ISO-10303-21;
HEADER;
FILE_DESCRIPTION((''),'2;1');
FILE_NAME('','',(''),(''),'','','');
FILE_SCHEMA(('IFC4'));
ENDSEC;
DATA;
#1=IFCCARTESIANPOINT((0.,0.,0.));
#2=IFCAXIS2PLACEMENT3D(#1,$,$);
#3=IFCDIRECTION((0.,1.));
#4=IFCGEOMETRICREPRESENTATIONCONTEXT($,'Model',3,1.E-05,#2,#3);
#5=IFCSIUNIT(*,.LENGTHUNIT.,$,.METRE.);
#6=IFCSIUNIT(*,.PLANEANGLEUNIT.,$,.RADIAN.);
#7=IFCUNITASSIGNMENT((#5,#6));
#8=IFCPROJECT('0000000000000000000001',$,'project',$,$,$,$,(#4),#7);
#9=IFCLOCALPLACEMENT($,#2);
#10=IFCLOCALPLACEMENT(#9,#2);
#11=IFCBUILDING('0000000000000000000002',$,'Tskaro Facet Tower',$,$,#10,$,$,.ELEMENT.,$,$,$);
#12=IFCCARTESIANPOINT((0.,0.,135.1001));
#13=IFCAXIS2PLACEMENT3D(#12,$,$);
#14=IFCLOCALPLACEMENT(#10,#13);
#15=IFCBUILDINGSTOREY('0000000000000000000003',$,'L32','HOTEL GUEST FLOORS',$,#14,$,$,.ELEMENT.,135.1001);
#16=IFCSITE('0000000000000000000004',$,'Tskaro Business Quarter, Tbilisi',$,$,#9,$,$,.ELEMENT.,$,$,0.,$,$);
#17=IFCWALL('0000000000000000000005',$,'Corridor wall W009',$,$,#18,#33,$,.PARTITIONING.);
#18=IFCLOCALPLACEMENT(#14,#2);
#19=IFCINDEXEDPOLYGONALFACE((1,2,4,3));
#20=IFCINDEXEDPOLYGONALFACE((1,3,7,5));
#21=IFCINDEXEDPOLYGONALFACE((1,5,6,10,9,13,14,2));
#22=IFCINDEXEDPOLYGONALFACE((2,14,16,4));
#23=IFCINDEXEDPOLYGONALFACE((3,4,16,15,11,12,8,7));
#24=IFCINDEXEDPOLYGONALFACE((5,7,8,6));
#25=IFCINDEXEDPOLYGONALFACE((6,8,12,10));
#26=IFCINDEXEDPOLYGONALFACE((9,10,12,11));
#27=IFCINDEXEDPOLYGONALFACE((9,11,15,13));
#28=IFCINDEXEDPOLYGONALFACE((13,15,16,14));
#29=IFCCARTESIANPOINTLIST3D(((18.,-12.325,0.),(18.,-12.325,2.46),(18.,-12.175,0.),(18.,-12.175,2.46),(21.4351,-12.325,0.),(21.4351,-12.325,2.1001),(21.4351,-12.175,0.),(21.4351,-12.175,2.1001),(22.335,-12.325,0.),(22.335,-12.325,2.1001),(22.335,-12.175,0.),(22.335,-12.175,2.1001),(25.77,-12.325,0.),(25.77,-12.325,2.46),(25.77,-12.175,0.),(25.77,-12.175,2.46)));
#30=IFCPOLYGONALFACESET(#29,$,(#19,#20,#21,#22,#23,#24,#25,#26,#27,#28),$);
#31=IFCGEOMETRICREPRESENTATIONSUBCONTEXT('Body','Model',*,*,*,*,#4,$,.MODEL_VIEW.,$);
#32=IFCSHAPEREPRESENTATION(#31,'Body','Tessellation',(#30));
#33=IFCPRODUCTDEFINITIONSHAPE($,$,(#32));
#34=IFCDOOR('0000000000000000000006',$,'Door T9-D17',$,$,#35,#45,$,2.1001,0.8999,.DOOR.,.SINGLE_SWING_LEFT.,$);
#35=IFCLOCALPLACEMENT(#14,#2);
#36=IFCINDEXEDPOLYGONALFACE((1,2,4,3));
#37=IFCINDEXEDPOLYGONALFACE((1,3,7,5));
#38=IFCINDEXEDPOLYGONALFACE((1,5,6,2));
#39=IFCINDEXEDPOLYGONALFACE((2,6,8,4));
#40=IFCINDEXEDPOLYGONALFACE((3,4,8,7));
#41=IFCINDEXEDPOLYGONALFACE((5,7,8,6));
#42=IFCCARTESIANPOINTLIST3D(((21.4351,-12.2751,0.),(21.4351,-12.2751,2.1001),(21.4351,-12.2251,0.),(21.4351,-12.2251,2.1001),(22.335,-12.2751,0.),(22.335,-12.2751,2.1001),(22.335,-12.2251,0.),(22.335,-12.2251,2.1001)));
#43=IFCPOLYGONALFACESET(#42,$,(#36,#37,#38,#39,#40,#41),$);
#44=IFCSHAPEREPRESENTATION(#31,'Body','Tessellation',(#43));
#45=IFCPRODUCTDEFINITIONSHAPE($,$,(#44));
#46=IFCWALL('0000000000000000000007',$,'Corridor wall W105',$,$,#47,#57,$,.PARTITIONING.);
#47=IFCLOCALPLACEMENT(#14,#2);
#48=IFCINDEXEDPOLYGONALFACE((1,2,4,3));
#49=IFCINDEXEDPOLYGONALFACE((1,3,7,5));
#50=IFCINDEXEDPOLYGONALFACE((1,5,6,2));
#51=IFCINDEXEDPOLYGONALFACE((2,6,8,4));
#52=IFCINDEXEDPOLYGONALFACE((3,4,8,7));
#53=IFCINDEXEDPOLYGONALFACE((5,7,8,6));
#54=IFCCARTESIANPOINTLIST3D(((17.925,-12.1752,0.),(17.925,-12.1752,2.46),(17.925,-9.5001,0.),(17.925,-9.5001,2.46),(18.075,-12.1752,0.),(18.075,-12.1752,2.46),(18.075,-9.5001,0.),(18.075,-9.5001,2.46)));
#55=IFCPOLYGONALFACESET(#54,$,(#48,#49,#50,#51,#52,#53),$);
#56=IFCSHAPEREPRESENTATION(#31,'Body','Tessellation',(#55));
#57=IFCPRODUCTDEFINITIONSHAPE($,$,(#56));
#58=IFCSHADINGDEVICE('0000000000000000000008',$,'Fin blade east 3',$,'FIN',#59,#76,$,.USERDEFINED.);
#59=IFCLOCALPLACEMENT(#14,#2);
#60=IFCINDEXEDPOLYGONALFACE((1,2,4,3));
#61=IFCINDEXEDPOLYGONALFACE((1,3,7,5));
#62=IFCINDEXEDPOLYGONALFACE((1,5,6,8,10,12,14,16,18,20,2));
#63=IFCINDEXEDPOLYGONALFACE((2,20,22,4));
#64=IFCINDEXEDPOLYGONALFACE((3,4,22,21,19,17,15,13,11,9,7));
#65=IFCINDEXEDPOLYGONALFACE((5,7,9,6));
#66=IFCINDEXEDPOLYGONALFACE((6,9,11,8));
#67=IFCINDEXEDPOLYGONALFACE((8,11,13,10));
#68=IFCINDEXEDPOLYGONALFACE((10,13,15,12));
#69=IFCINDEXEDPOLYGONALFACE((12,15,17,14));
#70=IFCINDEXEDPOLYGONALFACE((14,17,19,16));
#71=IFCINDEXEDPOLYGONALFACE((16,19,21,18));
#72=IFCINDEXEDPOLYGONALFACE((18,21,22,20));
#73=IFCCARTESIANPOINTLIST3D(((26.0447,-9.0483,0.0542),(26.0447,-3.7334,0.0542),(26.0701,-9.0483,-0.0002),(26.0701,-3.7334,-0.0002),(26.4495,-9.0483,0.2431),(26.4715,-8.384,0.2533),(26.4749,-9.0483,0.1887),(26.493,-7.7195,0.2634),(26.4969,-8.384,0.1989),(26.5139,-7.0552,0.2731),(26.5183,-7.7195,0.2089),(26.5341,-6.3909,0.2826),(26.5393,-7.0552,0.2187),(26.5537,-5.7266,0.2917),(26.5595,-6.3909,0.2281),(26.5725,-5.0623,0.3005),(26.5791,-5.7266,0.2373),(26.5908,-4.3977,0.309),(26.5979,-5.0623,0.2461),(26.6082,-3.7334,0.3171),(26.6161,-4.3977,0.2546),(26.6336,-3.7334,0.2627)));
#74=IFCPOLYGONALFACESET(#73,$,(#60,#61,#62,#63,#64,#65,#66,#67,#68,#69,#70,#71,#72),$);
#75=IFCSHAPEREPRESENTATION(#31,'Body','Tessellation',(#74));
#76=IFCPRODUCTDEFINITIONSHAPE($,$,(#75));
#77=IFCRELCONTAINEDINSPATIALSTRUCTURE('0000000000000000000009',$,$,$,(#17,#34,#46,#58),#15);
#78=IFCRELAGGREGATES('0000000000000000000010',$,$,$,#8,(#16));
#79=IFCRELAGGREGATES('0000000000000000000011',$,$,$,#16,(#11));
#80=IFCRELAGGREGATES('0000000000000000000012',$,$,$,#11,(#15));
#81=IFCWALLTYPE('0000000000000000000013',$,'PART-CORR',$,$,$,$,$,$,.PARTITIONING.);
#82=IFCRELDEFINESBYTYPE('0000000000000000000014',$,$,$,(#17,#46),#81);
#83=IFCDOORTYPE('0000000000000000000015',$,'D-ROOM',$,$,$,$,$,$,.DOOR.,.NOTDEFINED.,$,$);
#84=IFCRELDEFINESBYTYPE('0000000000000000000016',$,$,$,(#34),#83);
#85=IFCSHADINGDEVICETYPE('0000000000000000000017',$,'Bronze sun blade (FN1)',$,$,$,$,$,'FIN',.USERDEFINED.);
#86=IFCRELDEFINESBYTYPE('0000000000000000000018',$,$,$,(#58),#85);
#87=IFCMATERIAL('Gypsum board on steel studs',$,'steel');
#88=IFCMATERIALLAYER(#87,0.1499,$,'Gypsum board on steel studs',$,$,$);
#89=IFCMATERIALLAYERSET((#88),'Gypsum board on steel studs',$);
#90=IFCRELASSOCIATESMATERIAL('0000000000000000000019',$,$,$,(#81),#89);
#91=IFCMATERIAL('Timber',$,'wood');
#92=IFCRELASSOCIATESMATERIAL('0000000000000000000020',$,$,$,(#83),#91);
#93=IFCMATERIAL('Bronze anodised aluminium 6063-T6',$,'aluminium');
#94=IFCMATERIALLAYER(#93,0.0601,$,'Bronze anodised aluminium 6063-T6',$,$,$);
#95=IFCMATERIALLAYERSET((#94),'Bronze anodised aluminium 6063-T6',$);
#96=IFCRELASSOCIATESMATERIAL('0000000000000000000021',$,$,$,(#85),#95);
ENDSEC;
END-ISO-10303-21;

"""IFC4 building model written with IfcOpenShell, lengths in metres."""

from ifc_helpers import new_model, si_unit, direction, frame, frame_2d, origin, place, context, subcontext, project, spatial, polyline, rectangle, outline, extrude, material, layer, layer_set, type_object, element, fill, save


model = new_model("IFC4")

# Units and contexts
model_context = context("Model", 3, precision=1e-05, world=origin(), true_north=direction((0.0, 1.0)))
body_context = subcontext(model_context, "Body", "Model", "MODEL_VIEW")
ifc_project = project(units=[si_unit("LENGTHUNIT", "METRE"), si_unit("PLANEANGLEUNIT", "RADIAN")], contexts=[model_context])

# Site, building, storey
site_placement = place(None, origin())
site = spatial("IfcSite", under=ifc_project, at=site_placement, Name="Tskaro Business Quarter, Tbilisi", CompositionType="ELEMENT", RefElevation=0.0)
building_placement = place(site_placement, origin())
building = spatial("IfcBuilding", under=site, at=building_placement, Name="Tskaro Facet Tower", CompositionType="ELEMENT")
storey_placement = place(building_placement, frame((0.0, 0.0, 135.1001)))
storey = spatial("IfcBuildingStorey", under=building, at=storey_placement, Name="L32", Description="HOTEL GUEST FLOORS", CompositionType="ELEMENT", Elevation=135.1001)

# Shared definitions
ifc_material_1 = material(Name="Bronze anodised aluminium 6063-T6", Category="aluminium")

# Shared definitions
ifc_material_2 = material(Name="Gypsum board on steel studs", Category="steel")
ifc_layer_1 = layer(ifc_material_2, 0.1499, Name="Gypsum board on steel studs")
ifc_layer_set_1 = layer_set([ifc_layer_1], Name="Gypsum board on steel studs")
wall_type = type_object("IfcWallType", Name="PART-CORR", PredefinedType="PARTITIONING", material=ifc_layer_set_1)
ifc_material_3 = material(Name="Timber", Category="wood")

# Wall, opening, door
wall_1_placement = place(storey_placement, frame((18.0, -12.25, 0.0), z_axis=(0.0, 0.0, 1.0), x_axis=(1.0, 0.0, 0.0)))
wall_1 = element("IfcWall", 1, at=wall_1_placement, inside=storey, type_object=wall_type, Name="Corridor wall W009", PredefinedType="PARTITIONING", context=body_context, shape_type="SweptSolid", body=[
    extrude(rectangle(XDim=7.77, YDim=0.1499, at=frame_2d((3.885, 0.0))), origin(), (0.0, 0.0, 1.0), 2.46),
])
opening_1_placement = place(wall_1_placement, frame((3.4351, 0.0, 0.0)))
opening_1 = element("IfcOpeningElement", 2, at=opening_1_placement, cuts=wall_1, PredefinedType="OPENING", context=body_context, shape_type="SweptSolid", body=[
    extrude(rectangle(XDim=0.8999, YDim=2.1001, at=frame_2d((0.45, 1.05))), frame((0.0, 0.085, 0.0), z_axis=(0.0, -1.0, 0.0), x_axis=(1.0, 0.0, 0.0)), (0.0, 0.0, 1.0), 0.1699),
])
door_type_1 = type_object("IfcDoorType", Name="D-ROOM", OperationType="NOTDEFINED", PredefinedType="DOOR", material=ifc_material_3)
door_1_placement = place(opening_1_placement, origin())
door_1 = element("IfcDoor", 3, at=door_1_placement, inside=storey, type_object=door_type_1, Name="Door T9-D17", OperationType="SINGLE_SWING_LEFT", OverallHeight=2.1001, OverallWidth=0.8999, PredefinedType="DOOR", context=body_context, shape_type="SweptSolid", body=[
    extrude(rectangle(XDim=0.8999, YDim=2.1001, at=frame_2d((0.45, 1.05))), frame((0.0, 0.0249, 0.0), z_axis=(0.0, -1.0, 0.0), x_axis=(1.0, 0.0, 0.0)), (0.0, 0.0, 1.0), 0.05),
])
fill(opening_1, door_1)

# Wall
wall_2_placement = place(storey_placement, frame((18.0, -12.175, 0.0), z_axis=(0.0, 0.0, 1.0), x_axis=(0.0, 1.0, 0.0)))
element("IfcWall", 4, at=wall_2_placement, inside=storey, type_object=wall_type, Name="Corridor wall W105", PredefinedType="PARTITIONING", context=body_context, shape_type="SweptSolid", body=[
    extrude(rectangle(XDim=2.675, YDim=0.1499, at=frame_2d((1.3374, 0.0))), origin(), (0.0, 0.0, 1.0), 2.46),
])

# Shading device
ifc_layer_2 = layer(ifc_material_1, 0.0601, Name="Bronze anodised aluminium 6063-T6")
ifc_layer_set_2 = layer_set([ifc_layer_2], Name="Bronze anodised aluminium 6063-T6")
shading_device_type = type_object("IfcShadingDeviceType", Name="Bronze sun blade (FN1)", ElementType="FIN", PredefinedType="USERDEFINED", material=ifc_layer_set_2)
shading_device_placement = place(storey_placement, frame((26.0447, -9.0483, 0.0542), z_axis=(-0.422844, 0.000005, 0.906203), x_axis=(0.000002, 1.0, -0.000004)))
element("IfcShadingDevice", 5, at=shading_device_placement, inside=storey, type_object=shading_device_type, Name="Fin blade east 3", ObjectType="FIN", PredefinedType="USERDEFINED", context=body_context, shape_type="SweptSolid", body=[
    extrude(outline(polyline([(0.0, 0.0), (5.3149, 0.0), (5.3149, -0.6218), (4.6506, -0.6026), (3.9861, -0.5825), (3.3218, -0.5617), (2.6575, -0.5401), (1.9932, -0.5178), (1.3289, -0.4947), (0.6643, -0.471), (0.0, -0.4467), (0.0, 0.0)])), origin(), (0.0, 0.0, -1.0), 0.0601),
])

save(model, "model.ifc")
